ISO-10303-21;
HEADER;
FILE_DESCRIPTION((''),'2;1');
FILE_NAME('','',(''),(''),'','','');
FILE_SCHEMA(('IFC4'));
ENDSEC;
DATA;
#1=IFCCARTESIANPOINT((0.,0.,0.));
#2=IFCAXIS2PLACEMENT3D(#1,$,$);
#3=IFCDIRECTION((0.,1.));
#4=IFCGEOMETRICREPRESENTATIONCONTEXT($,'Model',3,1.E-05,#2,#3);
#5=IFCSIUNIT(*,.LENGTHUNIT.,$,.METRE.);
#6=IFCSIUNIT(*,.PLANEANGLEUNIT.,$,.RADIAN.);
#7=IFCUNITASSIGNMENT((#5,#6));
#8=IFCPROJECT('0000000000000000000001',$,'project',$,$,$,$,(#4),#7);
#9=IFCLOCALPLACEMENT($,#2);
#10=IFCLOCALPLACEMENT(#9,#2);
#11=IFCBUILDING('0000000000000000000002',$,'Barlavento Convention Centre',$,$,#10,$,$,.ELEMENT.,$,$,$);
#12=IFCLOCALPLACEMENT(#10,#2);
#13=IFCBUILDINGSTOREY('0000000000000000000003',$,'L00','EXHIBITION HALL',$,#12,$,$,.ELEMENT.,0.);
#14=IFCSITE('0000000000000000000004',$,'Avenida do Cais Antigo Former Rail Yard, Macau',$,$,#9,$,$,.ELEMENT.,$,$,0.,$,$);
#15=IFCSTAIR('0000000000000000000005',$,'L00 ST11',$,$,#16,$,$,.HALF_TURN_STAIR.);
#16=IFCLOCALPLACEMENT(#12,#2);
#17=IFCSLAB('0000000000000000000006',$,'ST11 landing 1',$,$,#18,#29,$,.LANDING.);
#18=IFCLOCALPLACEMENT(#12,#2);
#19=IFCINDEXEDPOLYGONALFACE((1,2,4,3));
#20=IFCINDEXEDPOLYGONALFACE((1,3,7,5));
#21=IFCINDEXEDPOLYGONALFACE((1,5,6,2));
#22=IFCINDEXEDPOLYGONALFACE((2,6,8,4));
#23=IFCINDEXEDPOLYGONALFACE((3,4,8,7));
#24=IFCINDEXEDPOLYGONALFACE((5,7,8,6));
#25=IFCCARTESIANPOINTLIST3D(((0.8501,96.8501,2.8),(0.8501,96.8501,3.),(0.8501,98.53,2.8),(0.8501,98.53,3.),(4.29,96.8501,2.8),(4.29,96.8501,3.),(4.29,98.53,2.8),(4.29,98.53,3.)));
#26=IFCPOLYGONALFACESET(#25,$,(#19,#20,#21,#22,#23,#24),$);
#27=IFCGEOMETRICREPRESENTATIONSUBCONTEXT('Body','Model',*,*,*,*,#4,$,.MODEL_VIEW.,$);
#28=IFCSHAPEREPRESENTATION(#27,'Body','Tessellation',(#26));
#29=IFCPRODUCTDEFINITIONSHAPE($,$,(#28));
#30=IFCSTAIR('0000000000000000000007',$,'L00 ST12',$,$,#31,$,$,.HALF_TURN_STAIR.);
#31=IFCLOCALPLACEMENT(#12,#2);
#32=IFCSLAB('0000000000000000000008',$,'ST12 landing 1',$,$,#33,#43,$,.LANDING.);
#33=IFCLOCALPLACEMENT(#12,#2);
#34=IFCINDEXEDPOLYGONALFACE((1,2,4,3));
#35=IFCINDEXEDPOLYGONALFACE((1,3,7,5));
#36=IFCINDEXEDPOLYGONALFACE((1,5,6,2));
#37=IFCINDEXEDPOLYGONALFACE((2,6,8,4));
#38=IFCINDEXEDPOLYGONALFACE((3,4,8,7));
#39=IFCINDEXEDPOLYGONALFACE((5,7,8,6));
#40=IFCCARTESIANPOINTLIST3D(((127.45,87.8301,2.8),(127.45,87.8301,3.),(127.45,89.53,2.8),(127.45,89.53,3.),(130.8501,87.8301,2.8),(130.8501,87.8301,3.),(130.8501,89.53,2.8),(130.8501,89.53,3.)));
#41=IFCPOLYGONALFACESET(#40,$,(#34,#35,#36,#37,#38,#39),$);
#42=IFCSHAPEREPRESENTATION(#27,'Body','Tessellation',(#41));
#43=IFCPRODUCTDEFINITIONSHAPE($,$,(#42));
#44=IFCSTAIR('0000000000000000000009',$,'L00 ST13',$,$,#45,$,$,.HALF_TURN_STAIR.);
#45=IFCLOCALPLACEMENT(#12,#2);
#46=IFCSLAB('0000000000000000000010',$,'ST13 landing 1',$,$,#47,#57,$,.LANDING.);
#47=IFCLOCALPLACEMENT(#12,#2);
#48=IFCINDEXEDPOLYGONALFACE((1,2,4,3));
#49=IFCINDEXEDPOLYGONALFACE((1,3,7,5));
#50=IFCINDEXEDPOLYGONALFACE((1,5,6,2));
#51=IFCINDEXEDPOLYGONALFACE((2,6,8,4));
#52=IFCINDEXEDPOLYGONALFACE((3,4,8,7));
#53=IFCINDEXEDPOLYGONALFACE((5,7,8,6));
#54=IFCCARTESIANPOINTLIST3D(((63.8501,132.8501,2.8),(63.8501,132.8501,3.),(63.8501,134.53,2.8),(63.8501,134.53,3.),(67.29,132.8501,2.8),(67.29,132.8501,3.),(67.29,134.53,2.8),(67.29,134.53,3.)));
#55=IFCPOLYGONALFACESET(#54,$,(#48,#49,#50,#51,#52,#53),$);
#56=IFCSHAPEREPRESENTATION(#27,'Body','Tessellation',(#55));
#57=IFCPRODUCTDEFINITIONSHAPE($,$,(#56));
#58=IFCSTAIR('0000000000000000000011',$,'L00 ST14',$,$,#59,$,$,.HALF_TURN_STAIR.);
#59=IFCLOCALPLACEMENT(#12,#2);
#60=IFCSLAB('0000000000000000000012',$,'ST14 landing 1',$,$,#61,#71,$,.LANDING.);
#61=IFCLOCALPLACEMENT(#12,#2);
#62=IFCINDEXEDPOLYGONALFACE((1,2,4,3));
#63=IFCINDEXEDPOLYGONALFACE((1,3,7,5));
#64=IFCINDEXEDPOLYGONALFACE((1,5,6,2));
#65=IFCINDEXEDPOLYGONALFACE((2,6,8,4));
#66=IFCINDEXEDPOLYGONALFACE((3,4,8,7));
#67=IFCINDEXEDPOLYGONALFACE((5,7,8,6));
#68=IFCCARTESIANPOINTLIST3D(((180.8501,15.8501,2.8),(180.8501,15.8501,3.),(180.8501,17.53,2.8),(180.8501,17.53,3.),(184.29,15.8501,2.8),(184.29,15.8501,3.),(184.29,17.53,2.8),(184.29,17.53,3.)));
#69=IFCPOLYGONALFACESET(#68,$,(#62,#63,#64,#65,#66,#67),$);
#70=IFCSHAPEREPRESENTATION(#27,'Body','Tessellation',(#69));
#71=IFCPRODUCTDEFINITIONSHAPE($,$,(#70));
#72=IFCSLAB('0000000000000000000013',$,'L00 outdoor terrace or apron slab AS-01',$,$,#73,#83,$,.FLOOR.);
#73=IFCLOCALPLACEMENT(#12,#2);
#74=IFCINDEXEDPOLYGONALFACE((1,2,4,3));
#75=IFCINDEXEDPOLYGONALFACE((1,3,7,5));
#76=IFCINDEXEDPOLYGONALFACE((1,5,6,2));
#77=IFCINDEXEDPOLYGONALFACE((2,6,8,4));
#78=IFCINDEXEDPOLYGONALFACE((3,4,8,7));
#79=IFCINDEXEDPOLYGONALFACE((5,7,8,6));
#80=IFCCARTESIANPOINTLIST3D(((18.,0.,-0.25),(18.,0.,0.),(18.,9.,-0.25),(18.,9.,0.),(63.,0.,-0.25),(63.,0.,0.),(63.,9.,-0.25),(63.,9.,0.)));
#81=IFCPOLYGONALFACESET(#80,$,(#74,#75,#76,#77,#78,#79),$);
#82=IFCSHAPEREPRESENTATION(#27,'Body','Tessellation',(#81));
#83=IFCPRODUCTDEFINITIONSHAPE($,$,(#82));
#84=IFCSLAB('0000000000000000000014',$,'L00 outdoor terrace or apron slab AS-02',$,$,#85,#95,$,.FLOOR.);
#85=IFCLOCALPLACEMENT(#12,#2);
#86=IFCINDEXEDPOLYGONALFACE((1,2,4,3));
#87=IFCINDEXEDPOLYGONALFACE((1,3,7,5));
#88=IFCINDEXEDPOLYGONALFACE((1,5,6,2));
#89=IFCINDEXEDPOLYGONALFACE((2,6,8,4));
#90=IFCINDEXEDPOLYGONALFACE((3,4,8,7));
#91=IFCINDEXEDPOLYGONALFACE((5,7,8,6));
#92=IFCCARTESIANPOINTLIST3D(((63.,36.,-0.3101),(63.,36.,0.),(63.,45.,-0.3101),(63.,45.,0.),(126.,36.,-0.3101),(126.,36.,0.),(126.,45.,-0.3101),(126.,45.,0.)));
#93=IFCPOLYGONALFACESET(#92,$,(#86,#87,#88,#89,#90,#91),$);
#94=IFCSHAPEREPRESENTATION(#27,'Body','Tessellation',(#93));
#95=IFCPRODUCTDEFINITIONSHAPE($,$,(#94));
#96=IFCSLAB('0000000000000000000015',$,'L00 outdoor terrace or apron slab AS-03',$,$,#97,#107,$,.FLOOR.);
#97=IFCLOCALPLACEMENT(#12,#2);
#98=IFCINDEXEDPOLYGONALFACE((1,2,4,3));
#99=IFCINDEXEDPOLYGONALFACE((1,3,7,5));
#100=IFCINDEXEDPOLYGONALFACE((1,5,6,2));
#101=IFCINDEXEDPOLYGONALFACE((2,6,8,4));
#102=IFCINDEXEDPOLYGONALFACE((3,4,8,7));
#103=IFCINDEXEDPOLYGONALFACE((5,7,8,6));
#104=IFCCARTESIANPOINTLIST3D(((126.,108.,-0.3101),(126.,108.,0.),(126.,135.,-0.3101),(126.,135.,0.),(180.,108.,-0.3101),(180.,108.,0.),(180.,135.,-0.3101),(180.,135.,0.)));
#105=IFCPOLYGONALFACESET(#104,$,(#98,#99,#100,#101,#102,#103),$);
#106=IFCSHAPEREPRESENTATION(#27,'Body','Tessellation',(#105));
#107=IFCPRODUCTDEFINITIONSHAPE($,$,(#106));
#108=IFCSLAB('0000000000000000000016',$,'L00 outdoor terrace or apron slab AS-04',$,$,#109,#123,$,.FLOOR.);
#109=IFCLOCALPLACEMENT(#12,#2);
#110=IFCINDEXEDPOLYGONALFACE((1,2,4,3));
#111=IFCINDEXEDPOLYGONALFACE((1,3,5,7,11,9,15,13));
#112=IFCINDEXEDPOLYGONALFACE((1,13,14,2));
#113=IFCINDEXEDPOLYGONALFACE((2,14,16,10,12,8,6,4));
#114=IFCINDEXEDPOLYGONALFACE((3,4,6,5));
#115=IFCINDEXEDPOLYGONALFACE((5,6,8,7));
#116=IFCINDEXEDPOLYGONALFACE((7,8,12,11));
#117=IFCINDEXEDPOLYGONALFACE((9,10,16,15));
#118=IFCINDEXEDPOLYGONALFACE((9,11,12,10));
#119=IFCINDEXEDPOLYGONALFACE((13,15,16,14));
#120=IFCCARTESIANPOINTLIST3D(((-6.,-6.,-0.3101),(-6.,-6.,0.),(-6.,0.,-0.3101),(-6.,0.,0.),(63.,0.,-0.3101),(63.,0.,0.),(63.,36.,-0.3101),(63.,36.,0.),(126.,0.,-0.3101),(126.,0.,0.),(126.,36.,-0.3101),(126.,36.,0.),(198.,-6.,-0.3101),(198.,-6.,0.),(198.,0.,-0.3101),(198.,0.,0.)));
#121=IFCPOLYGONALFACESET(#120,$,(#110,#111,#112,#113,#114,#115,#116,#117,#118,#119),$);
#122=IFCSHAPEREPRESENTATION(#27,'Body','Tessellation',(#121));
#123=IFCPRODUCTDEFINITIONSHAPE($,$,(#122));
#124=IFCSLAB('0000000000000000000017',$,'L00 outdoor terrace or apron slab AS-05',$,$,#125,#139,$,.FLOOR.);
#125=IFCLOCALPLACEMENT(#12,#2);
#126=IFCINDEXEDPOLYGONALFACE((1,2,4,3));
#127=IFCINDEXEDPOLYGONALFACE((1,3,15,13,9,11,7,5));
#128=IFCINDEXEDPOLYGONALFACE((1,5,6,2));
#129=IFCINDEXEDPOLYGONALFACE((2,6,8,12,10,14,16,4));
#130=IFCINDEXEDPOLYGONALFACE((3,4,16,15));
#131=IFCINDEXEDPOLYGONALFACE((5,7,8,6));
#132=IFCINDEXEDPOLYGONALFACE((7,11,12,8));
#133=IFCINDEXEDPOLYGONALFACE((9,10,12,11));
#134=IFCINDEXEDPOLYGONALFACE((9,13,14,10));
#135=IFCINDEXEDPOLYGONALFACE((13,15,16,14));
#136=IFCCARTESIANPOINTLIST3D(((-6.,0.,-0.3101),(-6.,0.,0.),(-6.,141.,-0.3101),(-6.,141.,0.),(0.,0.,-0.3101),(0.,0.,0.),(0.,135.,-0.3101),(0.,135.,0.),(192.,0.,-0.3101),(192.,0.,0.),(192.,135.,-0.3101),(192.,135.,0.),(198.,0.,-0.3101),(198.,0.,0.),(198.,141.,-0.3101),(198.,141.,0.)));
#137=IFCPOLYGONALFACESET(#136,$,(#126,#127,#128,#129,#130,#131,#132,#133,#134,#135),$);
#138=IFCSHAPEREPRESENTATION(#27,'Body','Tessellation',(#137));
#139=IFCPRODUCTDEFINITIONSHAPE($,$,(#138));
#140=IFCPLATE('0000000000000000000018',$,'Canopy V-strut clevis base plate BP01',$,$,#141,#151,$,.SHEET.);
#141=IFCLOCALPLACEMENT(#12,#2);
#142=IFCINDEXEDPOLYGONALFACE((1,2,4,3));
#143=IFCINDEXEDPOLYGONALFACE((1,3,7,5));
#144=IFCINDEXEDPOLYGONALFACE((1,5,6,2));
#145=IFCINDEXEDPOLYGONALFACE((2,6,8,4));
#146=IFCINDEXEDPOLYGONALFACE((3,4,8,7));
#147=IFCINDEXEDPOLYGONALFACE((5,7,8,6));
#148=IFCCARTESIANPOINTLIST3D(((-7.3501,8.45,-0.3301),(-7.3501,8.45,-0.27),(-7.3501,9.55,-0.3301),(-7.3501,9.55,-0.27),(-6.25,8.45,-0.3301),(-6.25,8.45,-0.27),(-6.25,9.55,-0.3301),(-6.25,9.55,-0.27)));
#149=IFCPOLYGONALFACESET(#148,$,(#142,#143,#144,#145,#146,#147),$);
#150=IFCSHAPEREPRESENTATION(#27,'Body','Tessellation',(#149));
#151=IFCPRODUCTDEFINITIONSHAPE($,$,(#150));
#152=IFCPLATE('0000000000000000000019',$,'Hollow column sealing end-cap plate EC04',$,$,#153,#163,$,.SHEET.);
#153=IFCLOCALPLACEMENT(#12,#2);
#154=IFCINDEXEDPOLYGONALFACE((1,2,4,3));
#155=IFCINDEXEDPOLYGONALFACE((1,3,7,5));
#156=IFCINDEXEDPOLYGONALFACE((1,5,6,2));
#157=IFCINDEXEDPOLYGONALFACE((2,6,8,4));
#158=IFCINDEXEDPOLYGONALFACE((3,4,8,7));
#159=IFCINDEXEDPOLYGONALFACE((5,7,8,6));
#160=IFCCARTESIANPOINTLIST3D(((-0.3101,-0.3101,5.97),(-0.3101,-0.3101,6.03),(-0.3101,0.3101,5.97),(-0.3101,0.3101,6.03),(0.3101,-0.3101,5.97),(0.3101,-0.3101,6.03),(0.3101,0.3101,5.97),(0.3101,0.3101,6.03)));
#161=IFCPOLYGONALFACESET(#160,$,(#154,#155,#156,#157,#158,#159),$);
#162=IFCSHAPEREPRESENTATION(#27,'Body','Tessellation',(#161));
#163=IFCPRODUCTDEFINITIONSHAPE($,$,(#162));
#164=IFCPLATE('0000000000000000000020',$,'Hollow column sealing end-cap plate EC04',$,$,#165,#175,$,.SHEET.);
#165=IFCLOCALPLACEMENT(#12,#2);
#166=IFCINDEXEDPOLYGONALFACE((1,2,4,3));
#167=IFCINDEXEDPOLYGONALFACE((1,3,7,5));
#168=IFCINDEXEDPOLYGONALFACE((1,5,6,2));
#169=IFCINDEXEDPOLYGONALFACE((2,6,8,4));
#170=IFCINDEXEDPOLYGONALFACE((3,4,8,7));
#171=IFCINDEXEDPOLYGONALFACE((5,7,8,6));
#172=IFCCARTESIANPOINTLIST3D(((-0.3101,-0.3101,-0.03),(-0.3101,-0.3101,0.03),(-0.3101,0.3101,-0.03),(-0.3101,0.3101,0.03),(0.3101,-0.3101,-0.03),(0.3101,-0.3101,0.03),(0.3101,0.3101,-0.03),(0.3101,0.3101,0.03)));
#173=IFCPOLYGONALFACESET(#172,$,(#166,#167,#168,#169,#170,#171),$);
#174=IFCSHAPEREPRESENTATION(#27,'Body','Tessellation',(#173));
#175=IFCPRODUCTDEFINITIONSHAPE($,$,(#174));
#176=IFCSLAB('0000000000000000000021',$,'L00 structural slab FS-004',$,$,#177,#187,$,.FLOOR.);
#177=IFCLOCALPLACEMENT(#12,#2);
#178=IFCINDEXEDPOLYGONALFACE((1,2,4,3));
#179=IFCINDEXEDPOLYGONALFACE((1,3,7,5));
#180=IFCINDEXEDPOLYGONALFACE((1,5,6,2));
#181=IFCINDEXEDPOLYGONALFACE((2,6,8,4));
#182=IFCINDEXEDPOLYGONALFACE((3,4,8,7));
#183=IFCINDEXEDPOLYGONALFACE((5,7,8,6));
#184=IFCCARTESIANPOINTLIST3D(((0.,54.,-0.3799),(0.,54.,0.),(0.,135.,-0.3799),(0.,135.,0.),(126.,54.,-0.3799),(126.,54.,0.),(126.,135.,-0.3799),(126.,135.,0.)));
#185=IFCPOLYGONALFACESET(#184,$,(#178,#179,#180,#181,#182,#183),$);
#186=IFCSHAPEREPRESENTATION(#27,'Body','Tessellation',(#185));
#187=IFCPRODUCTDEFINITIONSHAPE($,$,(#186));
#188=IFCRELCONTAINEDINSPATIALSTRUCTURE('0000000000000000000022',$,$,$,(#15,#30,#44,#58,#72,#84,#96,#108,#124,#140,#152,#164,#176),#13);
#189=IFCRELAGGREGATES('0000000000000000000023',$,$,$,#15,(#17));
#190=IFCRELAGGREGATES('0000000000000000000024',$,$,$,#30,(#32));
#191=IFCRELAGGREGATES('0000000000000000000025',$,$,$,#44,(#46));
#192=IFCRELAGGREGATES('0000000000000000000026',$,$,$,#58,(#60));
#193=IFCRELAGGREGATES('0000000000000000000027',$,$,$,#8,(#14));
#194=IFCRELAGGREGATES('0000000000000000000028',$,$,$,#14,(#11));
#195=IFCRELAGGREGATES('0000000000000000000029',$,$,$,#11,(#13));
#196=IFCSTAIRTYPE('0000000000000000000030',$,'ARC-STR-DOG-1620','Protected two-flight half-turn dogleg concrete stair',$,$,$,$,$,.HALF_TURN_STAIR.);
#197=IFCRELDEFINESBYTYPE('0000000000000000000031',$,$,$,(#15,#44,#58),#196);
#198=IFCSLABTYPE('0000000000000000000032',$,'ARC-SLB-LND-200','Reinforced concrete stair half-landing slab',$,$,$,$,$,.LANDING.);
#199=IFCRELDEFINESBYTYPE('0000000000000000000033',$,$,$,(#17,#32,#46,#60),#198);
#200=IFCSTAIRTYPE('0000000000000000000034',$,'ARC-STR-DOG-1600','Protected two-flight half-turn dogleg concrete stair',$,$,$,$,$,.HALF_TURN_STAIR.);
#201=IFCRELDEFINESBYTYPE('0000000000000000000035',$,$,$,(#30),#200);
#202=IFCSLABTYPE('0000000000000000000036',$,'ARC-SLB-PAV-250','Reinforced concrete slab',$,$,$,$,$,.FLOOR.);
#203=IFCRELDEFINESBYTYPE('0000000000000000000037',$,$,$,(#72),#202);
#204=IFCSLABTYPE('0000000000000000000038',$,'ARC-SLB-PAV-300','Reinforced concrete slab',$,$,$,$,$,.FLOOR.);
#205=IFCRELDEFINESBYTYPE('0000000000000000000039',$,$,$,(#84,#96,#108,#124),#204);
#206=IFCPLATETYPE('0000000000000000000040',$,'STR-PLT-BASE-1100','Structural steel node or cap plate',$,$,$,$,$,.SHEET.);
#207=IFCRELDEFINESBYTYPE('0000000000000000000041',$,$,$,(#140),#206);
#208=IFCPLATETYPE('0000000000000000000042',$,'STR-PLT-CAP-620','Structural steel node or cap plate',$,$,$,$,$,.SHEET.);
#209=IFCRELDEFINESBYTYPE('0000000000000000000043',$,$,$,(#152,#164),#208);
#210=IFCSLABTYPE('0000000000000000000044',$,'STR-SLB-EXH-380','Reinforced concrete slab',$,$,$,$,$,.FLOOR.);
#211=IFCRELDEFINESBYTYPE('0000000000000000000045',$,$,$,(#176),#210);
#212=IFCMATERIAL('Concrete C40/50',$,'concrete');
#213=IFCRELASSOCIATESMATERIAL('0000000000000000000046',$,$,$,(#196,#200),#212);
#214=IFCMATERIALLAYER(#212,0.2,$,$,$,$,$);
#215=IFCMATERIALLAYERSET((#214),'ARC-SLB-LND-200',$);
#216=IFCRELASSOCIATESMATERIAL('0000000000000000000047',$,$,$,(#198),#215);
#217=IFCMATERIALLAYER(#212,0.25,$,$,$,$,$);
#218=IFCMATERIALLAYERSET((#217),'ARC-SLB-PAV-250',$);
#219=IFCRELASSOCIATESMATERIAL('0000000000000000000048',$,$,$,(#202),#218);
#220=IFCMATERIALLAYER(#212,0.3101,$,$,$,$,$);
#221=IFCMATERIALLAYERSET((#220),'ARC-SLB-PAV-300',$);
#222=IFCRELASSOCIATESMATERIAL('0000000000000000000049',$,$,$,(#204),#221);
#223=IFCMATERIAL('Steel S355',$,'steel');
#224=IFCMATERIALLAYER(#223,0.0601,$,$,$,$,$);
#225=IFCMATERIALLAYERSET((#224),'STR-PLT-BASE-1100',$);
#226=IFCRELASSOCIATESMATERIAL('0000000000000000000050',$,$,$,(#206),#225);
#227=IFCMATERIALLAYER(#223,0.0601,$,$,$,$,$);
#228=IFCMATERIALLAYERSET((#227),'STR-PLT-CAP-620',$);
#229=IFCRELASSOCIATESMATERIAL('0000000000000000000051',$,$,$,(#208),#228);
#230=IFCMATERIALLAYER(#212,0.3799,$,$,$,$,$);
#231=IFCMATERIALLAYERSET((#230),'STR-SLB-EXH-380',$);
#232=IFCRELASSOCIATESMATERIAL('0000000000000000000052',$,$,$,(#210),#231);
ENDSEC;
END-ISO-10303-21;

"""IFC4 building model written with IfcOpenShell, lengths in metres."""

from ifc_helpers import new_model, si_unit, direction, frame, origin, origin_2d, place, context, subcontext, project, spatial, polyline, rectangle, outline, extrude, material, layer, layer_set, type_object, element, aggregate, save


model = new_model("IFC4")

# Units and contexts
model_context = context("Model", 3, precision=1e-05, world=origin(), true_north=direction((0.0, 1.0)))
body_context = subcontext(model_context, "Body", "Model", "MODEL_VIEW")
ifc_project = project(units=[si_unit("LENGTHUNIT", "METRE"), si_unit("PLANEANGLEUNIT", "RADIAN")], contexts=[model_context])

# Site, building, storey
site_placement = place(None, origin())
site = spatial("IfcSite", under=ifc_project, at=site_placement, Name="Avenida do Cais Antigo Former Rail Yard, Macau", CompositionType="ELEMENT", RefElevation=0.0)
building_placement = place(site_placement, origin())
building = spatial("IfcBuilding", under=site, at=building_placement, Name="Barlavento Convention Centre", CompositionType="ELEMENT")
storey_placement = place(building_placement, origin())
storey = spatial("IfcBuildingStorey", under=building, at=storey_placement, Name="L00", Description="EXHIBITION HALL", CompositionType="ELEMENT", Elevation=0.0)

# Stairs, slabs
ifc_material_1 = material(Name="Concrete C40/50", Category="concrete")
stair_type_1 = type_object("IfcStairType", Name="ARC-STR-DOG-1620", Description="Protected two-flight half-turn dogleg concrete stair", PredefinedType="HALF_TURN_STAIR", material=ifc_material_1)
ifc_layer_1 = layer(ifc_material_1, 0.2)
ifc_layer_set_1 = layer_set([ifc_layer_1], Name="ARC-SLB-LND-200")
slab_type_1 = type_object("IfcSlabType", Name="ARC-SLB-LND-200", Description="Reinforced concrete stair half-landing slab", PredefinedType="LANDING", material=ifc_layer_set_1)
stair_type_2 = type_object("IfcStairType", Name="ARC-STR-DOG-1600", Description="Protected two-flight half-turn dogleg concrete stair", PredefinedType="HALF_TURN_STAIR", material=ifc_material_1)
stair_1_placement = place(storey_placement, origin())
stair_1 = element("IfcStair", 1, at=stair_1_placement, inside=storey, type_object=stair_type_1, Name="L00 ST11", PredefinedType="HALF_TURN_STAIR")
slab_1_placement = place(storey_placement, frame((0.0, 0.0, 2.8)))
slab_1 = element("IfcSlab", 2, at=slab_1_placement, type_object=slab_type_1, Name="ST11 landing 1", PredefinedType="LANDING", context=body_context, shape_type="SweptSolid", body=[
    extrude(outline(polyline([(4.29, 96.8501), (4.29, 98.53), (0.8501, 98.53), (0.8501, 96.8501), (4.29, 96.8501)])), origin(), (0.0, 0.0, 1.0), 0.2),
])
aggregate(stair_1, [slab_1])
stair_2_placement = place(storey_placement, origin())
stair_2 = element("IfcStair", 3, at=stair_2_placement, inside=storey, type_object=stair_type_2, Name="L00 ST12", PredefinedType="HALF_TURN_STAIR")
slab_2_placement = place(storey_placement, frame((0.0, 0.0, 2.8)))
slab_2 = element("IfcSlab", 4, at=slab_2_placement, type_object=slab_type_1, Name="ST12 landing 1", PredefinedType="LANDING", context=body_context, shape_type="SweptSolid", body=[
    extrude(outline(polyline([(130.8501, 87.8301), (130.8501, 89.53), (127.45, 89.53), (127.45, 87.8301), (130.8501, 87.8301)])), origin(), (0.0, 0.0, 1.0), 0.2),
])
aggregate(stair_2, [slab_2])
stair_3_placement = place(storey_placement, origin())
stair_3 = element("IfcStair", 5, at=stair_3_placement, inside=storey, type_object=stair_type_1, Name="L00 ST13", PredefinedType="HALF_TURN_STAIR")
slab_3_placement = place(storey_placement, frame((0.0, 0.0, 2.8)))
slab_3 = element("IfcSlab", 6, at=slab_3_placement, type_object=slab_type_1, Name="ST13 landing 1", PredefinedType="LANDING", context=body_context, shape_type="SweptSolid", body=[
    extrude(outline(polyline([(67.29, 132.8501), (67.29, 134.53), (63.8501, 134.53), (63.8501, 132.8501), (67.29, 132.8501)])), origin(), (0.0, 0.0, 1.0), 0.2),
])
aggregate(stair_3, [slab_3])
stair_4_placement = place(storey_placement, origin())
stair_4 = element("IfcStair", 7, at=stair_4_placement, inside=storey, type_object=stair_type_1, Name="L00 ST14", PredefinedType="HALF_TURN_STAIR")
slab_4_placement = place(storey_placement, frame((0.0, 0.0, 2.8)))
slab_4 = element("IfcSlab", 8, at=slab_4_placement, type_object=slab_type_1, Name="ST14 landing 1", PredefinedType="LANDING", context=body_context, shape_type="SweptSolid", body=[
    extrude(outline(polyline([(184.29, 15.8501), (184.29, 17.53), (180.8501, 17.53), (180.8501, 15.8501), (184.29, 15.8501)])), origin(), (0.0, 0.0, 1.0), 0.2),
])
aggregate(stair_4, [slab_4])

# Slabs
ifc_layer_2 = layer(ifc_material_1, 0.25)
ifc_layer_set_2 = layer_set([ifc_layer_2], Name="ARC-SLB-PAV-250")
slab_type_2 = type_object("IfcSlabType", Name="ARC-SLB-PAV-250", Description="Reinforced concrete slab", PredefinedType="FLOOR", material=ifc_layer_set_2)
slab_5_placement = place(storey_placement, frame((0.0, 0.0, -0.25)))
element("IfcSlab", 9, at=slab_5_placement, inside=storey, type_object=slab_type_2, Name="L00 outdoor terrace or apron slab AS-01", PredefinedType="FLOOR", context=body_context, shape_type="SweptSolid", body=[
    extrude(outline(polyline([(18.0, 0.0), (63.0, 0.0), (63.0, 9.0), (18.0, 9.0), (18.0, 0.0)])), origin(), (0.0, 0.0, 1.0), 0.25),
])
ifc_layer_3 = layer(ifc_material_1, 0.3101)
ifc_layer_set_3 = layer_set([ifc_layer_3], Name="ARC-SLB-PAV-300")
slab_type_3 = type_object("IfcSlabType", Name="ARC-SLB-PAV-300", Description="Reinforced concrete slab", PredefinedType="FLOOR", material=ifc_layer_set_3)
slab_6_placement = place(storey_placement, frame((0.0, 0.0, -0.3101)))
element("IfcSlab", 10, at=slab_6_placement, inside=storey, type_object=slab_type_3, Name="L00 outdoor terrace or apron slab AS-02", PredefinedType="FLOOR", context=body_context, shape_type="SweptSolid", body=[
    extrude(outline(polyline([(63.0, 36.0), (126.0, 36.0), (126.0, 45.0), (63.0, 45.0), (63.0, 36.0)])), origin(), (0.0, 0.0, 1.0), 0.3101),
])
slab_7_placement = place(storey_placement, frame((0.0, 0.0, -0.3101)))
element("IfcSlab", 11, at=slab_7_placement, inside=storey, type_object=slab_type_3, Name="L00 outdoor terrace or apron slab AS-03", PredefinedType="FLOOR", context=body_context, shape_type="SweptSolid", body=[
    extrude(outline(polyline([(126.0, 108.0), (180.0, 108.0), (180.0, 135.0), (126.0, 135.0), (126.0, 108.0)])), origin(), (0.0, 0.0, 1.0), 0.3101),
])
slab_8_placement = place(storey_placement, frame((0.0, 0.0, -0.3101)))
element("IfcSlab", 12, at=slab_8_placement, inside=storey, type_object=slab_type_3, Name="L00 outdoor terrace or apron slab AS-04", PredefinedType="FLOOR", context=body_context, shape_type="SweptSolid", body=[
    extrude(outline(polyline([(-6.0, -6.0), (198.0, -6.0), (198.0, 0.0), (126.0, 0.0), (126.0, 36.0), (63.0, 36.0), (63.0, 0.0), (-6.0, 0.0), (-6.0, -6.0)])), origin(), (0.0, 0.0, 1.0), 0.3101),
])
slab_9_placement = place(storey_placement, frame((0.0, 0.0, -0.3101)))
element("IfcSlab", 13, at=slab_9_placement, inside=storey, type_object=slab_type_3, Name="L00 outdoor terrace or apron slab AS-05", PredefinedType="FLOOR", context=body_context, shape_type="SweptSolid", body=[
    extrude(outline(polyline([(-6.0, 0.0), (0.0, 0.0), (0.0, 135.0), (192.0, 135.0), (192.0, 0.0), (198.0, 0.0), (198.0, 141.0), (-6.0, 141.0), (-6.0, 0.0)])), origin(), (0.0, 0.0, 1.0), 0.3101),
])

# Plates
ifc_material_2 = material(Name="Steel S355", Category="steel")
ifc_layer_4 = layer(ifc_material_2, 0.0601)
ifc_layer_set_4 = layer_set([ifc_layer_4], Name="STR-PLT-BASE-1100")
plate_type_1 = type_object("IfcPlateType", Name="STR-PLT-BASE-1100", Description="Structural steel node or cap plate", PredefinedType="SHEET", material=ifc_layer_set_4)
plate_placement = place(storey_placement, frame((-6.8, 9.0, -0.3301), z_axis=(0.0, 0.0, 1.0), x_axis=(1.0, 0.0, 0.0)))
element("IfcPlate", 14, at=plate_placement, inside=storey, type_object=plate_type_1, Name="Canopy V-strut clevis base plate BP01", PredefinedType="SHEET", context=body_context, shape_type="SweptSolid", body=[
    extrude(rectangle(XDim=1.1001, YDim=1.1001, at=origin_2d()), origin(), (0.0, 0.0, 1.0), 0.0601),
])
ifc_layer_5 = layer(ifc_material_2, 0.0601)
ifc_layer_set_5 = layer_set([ifc_layer_5], Name="STR-PLT-CAP-620")
plate_type_2 = type_object("IfcPlateType", Name="STR-PLT-CAP-620", Description="Structural steel node or cap plate", PredefinedType="SHEET", material=ifc_layer_set_5)
for number, where, z_axis, x_axis, name in (
    (15, (0.0, 0.0, 5.97), (0.0, 0.0, 1.0), (1.0, 0.0, 0.0), "Hollow column sealing end-cap plate EC04"),
    (16, (0.0, 0.0, -0.03), (0.0, 0.0, 1.0), (1.0, 0.0, 0.0), "Hollow column sealing end-cap plate EC04"),
):
    element("IfcPlate", number, at=place(storey_placement, frame(where, z_axis=z_axis, x_axis=x_axis)), inside=storey, type_object=plate_type_2, Name=name, PredefinedType="SHEET", context=body_context, shape_type="SweptSolid", body=[
        extrude(rectangle(XDim=0.6201, YDim=0.6201, at=origin_2d()), origin(), (0.0, 0.0, 1.0), 0.0601),
    ])

# Slab
ifc_layer_6 = layer(ifc_material_1, 0.3799)
ifc_layer_set_6 = layer_set([ifc_layer_6], Name="STR-SLB-EXH-380")
slab_type_4 = type_object("IfcSlabType", Name="STR-SLB-EXH-380", Description="Reinforced concrete slab", PredefinedType="FLOOR", material=ifc_layer_set_6)
slab_10_placement = place(storey_placement, frame((0.0, 0.0, -0.3799)))
element("IfcSlab", 17, at=slab_10_placement, inside=storey, type_object=slab_type_4, Name="L00 structural slab FS-004", PredefinedType="FLOOR", context=body_context, shape_type="SweptSolid", body=[
    extrude(outline(polyline([(0.0, 54.0), (126.0, 54.0), (126.0, 135.0), (0.0, 135.0), (0.0, 54.0)])), origin(), (0.0, 0.0, 1.0), 0.3799),
])

save(model, "model.ifc")
